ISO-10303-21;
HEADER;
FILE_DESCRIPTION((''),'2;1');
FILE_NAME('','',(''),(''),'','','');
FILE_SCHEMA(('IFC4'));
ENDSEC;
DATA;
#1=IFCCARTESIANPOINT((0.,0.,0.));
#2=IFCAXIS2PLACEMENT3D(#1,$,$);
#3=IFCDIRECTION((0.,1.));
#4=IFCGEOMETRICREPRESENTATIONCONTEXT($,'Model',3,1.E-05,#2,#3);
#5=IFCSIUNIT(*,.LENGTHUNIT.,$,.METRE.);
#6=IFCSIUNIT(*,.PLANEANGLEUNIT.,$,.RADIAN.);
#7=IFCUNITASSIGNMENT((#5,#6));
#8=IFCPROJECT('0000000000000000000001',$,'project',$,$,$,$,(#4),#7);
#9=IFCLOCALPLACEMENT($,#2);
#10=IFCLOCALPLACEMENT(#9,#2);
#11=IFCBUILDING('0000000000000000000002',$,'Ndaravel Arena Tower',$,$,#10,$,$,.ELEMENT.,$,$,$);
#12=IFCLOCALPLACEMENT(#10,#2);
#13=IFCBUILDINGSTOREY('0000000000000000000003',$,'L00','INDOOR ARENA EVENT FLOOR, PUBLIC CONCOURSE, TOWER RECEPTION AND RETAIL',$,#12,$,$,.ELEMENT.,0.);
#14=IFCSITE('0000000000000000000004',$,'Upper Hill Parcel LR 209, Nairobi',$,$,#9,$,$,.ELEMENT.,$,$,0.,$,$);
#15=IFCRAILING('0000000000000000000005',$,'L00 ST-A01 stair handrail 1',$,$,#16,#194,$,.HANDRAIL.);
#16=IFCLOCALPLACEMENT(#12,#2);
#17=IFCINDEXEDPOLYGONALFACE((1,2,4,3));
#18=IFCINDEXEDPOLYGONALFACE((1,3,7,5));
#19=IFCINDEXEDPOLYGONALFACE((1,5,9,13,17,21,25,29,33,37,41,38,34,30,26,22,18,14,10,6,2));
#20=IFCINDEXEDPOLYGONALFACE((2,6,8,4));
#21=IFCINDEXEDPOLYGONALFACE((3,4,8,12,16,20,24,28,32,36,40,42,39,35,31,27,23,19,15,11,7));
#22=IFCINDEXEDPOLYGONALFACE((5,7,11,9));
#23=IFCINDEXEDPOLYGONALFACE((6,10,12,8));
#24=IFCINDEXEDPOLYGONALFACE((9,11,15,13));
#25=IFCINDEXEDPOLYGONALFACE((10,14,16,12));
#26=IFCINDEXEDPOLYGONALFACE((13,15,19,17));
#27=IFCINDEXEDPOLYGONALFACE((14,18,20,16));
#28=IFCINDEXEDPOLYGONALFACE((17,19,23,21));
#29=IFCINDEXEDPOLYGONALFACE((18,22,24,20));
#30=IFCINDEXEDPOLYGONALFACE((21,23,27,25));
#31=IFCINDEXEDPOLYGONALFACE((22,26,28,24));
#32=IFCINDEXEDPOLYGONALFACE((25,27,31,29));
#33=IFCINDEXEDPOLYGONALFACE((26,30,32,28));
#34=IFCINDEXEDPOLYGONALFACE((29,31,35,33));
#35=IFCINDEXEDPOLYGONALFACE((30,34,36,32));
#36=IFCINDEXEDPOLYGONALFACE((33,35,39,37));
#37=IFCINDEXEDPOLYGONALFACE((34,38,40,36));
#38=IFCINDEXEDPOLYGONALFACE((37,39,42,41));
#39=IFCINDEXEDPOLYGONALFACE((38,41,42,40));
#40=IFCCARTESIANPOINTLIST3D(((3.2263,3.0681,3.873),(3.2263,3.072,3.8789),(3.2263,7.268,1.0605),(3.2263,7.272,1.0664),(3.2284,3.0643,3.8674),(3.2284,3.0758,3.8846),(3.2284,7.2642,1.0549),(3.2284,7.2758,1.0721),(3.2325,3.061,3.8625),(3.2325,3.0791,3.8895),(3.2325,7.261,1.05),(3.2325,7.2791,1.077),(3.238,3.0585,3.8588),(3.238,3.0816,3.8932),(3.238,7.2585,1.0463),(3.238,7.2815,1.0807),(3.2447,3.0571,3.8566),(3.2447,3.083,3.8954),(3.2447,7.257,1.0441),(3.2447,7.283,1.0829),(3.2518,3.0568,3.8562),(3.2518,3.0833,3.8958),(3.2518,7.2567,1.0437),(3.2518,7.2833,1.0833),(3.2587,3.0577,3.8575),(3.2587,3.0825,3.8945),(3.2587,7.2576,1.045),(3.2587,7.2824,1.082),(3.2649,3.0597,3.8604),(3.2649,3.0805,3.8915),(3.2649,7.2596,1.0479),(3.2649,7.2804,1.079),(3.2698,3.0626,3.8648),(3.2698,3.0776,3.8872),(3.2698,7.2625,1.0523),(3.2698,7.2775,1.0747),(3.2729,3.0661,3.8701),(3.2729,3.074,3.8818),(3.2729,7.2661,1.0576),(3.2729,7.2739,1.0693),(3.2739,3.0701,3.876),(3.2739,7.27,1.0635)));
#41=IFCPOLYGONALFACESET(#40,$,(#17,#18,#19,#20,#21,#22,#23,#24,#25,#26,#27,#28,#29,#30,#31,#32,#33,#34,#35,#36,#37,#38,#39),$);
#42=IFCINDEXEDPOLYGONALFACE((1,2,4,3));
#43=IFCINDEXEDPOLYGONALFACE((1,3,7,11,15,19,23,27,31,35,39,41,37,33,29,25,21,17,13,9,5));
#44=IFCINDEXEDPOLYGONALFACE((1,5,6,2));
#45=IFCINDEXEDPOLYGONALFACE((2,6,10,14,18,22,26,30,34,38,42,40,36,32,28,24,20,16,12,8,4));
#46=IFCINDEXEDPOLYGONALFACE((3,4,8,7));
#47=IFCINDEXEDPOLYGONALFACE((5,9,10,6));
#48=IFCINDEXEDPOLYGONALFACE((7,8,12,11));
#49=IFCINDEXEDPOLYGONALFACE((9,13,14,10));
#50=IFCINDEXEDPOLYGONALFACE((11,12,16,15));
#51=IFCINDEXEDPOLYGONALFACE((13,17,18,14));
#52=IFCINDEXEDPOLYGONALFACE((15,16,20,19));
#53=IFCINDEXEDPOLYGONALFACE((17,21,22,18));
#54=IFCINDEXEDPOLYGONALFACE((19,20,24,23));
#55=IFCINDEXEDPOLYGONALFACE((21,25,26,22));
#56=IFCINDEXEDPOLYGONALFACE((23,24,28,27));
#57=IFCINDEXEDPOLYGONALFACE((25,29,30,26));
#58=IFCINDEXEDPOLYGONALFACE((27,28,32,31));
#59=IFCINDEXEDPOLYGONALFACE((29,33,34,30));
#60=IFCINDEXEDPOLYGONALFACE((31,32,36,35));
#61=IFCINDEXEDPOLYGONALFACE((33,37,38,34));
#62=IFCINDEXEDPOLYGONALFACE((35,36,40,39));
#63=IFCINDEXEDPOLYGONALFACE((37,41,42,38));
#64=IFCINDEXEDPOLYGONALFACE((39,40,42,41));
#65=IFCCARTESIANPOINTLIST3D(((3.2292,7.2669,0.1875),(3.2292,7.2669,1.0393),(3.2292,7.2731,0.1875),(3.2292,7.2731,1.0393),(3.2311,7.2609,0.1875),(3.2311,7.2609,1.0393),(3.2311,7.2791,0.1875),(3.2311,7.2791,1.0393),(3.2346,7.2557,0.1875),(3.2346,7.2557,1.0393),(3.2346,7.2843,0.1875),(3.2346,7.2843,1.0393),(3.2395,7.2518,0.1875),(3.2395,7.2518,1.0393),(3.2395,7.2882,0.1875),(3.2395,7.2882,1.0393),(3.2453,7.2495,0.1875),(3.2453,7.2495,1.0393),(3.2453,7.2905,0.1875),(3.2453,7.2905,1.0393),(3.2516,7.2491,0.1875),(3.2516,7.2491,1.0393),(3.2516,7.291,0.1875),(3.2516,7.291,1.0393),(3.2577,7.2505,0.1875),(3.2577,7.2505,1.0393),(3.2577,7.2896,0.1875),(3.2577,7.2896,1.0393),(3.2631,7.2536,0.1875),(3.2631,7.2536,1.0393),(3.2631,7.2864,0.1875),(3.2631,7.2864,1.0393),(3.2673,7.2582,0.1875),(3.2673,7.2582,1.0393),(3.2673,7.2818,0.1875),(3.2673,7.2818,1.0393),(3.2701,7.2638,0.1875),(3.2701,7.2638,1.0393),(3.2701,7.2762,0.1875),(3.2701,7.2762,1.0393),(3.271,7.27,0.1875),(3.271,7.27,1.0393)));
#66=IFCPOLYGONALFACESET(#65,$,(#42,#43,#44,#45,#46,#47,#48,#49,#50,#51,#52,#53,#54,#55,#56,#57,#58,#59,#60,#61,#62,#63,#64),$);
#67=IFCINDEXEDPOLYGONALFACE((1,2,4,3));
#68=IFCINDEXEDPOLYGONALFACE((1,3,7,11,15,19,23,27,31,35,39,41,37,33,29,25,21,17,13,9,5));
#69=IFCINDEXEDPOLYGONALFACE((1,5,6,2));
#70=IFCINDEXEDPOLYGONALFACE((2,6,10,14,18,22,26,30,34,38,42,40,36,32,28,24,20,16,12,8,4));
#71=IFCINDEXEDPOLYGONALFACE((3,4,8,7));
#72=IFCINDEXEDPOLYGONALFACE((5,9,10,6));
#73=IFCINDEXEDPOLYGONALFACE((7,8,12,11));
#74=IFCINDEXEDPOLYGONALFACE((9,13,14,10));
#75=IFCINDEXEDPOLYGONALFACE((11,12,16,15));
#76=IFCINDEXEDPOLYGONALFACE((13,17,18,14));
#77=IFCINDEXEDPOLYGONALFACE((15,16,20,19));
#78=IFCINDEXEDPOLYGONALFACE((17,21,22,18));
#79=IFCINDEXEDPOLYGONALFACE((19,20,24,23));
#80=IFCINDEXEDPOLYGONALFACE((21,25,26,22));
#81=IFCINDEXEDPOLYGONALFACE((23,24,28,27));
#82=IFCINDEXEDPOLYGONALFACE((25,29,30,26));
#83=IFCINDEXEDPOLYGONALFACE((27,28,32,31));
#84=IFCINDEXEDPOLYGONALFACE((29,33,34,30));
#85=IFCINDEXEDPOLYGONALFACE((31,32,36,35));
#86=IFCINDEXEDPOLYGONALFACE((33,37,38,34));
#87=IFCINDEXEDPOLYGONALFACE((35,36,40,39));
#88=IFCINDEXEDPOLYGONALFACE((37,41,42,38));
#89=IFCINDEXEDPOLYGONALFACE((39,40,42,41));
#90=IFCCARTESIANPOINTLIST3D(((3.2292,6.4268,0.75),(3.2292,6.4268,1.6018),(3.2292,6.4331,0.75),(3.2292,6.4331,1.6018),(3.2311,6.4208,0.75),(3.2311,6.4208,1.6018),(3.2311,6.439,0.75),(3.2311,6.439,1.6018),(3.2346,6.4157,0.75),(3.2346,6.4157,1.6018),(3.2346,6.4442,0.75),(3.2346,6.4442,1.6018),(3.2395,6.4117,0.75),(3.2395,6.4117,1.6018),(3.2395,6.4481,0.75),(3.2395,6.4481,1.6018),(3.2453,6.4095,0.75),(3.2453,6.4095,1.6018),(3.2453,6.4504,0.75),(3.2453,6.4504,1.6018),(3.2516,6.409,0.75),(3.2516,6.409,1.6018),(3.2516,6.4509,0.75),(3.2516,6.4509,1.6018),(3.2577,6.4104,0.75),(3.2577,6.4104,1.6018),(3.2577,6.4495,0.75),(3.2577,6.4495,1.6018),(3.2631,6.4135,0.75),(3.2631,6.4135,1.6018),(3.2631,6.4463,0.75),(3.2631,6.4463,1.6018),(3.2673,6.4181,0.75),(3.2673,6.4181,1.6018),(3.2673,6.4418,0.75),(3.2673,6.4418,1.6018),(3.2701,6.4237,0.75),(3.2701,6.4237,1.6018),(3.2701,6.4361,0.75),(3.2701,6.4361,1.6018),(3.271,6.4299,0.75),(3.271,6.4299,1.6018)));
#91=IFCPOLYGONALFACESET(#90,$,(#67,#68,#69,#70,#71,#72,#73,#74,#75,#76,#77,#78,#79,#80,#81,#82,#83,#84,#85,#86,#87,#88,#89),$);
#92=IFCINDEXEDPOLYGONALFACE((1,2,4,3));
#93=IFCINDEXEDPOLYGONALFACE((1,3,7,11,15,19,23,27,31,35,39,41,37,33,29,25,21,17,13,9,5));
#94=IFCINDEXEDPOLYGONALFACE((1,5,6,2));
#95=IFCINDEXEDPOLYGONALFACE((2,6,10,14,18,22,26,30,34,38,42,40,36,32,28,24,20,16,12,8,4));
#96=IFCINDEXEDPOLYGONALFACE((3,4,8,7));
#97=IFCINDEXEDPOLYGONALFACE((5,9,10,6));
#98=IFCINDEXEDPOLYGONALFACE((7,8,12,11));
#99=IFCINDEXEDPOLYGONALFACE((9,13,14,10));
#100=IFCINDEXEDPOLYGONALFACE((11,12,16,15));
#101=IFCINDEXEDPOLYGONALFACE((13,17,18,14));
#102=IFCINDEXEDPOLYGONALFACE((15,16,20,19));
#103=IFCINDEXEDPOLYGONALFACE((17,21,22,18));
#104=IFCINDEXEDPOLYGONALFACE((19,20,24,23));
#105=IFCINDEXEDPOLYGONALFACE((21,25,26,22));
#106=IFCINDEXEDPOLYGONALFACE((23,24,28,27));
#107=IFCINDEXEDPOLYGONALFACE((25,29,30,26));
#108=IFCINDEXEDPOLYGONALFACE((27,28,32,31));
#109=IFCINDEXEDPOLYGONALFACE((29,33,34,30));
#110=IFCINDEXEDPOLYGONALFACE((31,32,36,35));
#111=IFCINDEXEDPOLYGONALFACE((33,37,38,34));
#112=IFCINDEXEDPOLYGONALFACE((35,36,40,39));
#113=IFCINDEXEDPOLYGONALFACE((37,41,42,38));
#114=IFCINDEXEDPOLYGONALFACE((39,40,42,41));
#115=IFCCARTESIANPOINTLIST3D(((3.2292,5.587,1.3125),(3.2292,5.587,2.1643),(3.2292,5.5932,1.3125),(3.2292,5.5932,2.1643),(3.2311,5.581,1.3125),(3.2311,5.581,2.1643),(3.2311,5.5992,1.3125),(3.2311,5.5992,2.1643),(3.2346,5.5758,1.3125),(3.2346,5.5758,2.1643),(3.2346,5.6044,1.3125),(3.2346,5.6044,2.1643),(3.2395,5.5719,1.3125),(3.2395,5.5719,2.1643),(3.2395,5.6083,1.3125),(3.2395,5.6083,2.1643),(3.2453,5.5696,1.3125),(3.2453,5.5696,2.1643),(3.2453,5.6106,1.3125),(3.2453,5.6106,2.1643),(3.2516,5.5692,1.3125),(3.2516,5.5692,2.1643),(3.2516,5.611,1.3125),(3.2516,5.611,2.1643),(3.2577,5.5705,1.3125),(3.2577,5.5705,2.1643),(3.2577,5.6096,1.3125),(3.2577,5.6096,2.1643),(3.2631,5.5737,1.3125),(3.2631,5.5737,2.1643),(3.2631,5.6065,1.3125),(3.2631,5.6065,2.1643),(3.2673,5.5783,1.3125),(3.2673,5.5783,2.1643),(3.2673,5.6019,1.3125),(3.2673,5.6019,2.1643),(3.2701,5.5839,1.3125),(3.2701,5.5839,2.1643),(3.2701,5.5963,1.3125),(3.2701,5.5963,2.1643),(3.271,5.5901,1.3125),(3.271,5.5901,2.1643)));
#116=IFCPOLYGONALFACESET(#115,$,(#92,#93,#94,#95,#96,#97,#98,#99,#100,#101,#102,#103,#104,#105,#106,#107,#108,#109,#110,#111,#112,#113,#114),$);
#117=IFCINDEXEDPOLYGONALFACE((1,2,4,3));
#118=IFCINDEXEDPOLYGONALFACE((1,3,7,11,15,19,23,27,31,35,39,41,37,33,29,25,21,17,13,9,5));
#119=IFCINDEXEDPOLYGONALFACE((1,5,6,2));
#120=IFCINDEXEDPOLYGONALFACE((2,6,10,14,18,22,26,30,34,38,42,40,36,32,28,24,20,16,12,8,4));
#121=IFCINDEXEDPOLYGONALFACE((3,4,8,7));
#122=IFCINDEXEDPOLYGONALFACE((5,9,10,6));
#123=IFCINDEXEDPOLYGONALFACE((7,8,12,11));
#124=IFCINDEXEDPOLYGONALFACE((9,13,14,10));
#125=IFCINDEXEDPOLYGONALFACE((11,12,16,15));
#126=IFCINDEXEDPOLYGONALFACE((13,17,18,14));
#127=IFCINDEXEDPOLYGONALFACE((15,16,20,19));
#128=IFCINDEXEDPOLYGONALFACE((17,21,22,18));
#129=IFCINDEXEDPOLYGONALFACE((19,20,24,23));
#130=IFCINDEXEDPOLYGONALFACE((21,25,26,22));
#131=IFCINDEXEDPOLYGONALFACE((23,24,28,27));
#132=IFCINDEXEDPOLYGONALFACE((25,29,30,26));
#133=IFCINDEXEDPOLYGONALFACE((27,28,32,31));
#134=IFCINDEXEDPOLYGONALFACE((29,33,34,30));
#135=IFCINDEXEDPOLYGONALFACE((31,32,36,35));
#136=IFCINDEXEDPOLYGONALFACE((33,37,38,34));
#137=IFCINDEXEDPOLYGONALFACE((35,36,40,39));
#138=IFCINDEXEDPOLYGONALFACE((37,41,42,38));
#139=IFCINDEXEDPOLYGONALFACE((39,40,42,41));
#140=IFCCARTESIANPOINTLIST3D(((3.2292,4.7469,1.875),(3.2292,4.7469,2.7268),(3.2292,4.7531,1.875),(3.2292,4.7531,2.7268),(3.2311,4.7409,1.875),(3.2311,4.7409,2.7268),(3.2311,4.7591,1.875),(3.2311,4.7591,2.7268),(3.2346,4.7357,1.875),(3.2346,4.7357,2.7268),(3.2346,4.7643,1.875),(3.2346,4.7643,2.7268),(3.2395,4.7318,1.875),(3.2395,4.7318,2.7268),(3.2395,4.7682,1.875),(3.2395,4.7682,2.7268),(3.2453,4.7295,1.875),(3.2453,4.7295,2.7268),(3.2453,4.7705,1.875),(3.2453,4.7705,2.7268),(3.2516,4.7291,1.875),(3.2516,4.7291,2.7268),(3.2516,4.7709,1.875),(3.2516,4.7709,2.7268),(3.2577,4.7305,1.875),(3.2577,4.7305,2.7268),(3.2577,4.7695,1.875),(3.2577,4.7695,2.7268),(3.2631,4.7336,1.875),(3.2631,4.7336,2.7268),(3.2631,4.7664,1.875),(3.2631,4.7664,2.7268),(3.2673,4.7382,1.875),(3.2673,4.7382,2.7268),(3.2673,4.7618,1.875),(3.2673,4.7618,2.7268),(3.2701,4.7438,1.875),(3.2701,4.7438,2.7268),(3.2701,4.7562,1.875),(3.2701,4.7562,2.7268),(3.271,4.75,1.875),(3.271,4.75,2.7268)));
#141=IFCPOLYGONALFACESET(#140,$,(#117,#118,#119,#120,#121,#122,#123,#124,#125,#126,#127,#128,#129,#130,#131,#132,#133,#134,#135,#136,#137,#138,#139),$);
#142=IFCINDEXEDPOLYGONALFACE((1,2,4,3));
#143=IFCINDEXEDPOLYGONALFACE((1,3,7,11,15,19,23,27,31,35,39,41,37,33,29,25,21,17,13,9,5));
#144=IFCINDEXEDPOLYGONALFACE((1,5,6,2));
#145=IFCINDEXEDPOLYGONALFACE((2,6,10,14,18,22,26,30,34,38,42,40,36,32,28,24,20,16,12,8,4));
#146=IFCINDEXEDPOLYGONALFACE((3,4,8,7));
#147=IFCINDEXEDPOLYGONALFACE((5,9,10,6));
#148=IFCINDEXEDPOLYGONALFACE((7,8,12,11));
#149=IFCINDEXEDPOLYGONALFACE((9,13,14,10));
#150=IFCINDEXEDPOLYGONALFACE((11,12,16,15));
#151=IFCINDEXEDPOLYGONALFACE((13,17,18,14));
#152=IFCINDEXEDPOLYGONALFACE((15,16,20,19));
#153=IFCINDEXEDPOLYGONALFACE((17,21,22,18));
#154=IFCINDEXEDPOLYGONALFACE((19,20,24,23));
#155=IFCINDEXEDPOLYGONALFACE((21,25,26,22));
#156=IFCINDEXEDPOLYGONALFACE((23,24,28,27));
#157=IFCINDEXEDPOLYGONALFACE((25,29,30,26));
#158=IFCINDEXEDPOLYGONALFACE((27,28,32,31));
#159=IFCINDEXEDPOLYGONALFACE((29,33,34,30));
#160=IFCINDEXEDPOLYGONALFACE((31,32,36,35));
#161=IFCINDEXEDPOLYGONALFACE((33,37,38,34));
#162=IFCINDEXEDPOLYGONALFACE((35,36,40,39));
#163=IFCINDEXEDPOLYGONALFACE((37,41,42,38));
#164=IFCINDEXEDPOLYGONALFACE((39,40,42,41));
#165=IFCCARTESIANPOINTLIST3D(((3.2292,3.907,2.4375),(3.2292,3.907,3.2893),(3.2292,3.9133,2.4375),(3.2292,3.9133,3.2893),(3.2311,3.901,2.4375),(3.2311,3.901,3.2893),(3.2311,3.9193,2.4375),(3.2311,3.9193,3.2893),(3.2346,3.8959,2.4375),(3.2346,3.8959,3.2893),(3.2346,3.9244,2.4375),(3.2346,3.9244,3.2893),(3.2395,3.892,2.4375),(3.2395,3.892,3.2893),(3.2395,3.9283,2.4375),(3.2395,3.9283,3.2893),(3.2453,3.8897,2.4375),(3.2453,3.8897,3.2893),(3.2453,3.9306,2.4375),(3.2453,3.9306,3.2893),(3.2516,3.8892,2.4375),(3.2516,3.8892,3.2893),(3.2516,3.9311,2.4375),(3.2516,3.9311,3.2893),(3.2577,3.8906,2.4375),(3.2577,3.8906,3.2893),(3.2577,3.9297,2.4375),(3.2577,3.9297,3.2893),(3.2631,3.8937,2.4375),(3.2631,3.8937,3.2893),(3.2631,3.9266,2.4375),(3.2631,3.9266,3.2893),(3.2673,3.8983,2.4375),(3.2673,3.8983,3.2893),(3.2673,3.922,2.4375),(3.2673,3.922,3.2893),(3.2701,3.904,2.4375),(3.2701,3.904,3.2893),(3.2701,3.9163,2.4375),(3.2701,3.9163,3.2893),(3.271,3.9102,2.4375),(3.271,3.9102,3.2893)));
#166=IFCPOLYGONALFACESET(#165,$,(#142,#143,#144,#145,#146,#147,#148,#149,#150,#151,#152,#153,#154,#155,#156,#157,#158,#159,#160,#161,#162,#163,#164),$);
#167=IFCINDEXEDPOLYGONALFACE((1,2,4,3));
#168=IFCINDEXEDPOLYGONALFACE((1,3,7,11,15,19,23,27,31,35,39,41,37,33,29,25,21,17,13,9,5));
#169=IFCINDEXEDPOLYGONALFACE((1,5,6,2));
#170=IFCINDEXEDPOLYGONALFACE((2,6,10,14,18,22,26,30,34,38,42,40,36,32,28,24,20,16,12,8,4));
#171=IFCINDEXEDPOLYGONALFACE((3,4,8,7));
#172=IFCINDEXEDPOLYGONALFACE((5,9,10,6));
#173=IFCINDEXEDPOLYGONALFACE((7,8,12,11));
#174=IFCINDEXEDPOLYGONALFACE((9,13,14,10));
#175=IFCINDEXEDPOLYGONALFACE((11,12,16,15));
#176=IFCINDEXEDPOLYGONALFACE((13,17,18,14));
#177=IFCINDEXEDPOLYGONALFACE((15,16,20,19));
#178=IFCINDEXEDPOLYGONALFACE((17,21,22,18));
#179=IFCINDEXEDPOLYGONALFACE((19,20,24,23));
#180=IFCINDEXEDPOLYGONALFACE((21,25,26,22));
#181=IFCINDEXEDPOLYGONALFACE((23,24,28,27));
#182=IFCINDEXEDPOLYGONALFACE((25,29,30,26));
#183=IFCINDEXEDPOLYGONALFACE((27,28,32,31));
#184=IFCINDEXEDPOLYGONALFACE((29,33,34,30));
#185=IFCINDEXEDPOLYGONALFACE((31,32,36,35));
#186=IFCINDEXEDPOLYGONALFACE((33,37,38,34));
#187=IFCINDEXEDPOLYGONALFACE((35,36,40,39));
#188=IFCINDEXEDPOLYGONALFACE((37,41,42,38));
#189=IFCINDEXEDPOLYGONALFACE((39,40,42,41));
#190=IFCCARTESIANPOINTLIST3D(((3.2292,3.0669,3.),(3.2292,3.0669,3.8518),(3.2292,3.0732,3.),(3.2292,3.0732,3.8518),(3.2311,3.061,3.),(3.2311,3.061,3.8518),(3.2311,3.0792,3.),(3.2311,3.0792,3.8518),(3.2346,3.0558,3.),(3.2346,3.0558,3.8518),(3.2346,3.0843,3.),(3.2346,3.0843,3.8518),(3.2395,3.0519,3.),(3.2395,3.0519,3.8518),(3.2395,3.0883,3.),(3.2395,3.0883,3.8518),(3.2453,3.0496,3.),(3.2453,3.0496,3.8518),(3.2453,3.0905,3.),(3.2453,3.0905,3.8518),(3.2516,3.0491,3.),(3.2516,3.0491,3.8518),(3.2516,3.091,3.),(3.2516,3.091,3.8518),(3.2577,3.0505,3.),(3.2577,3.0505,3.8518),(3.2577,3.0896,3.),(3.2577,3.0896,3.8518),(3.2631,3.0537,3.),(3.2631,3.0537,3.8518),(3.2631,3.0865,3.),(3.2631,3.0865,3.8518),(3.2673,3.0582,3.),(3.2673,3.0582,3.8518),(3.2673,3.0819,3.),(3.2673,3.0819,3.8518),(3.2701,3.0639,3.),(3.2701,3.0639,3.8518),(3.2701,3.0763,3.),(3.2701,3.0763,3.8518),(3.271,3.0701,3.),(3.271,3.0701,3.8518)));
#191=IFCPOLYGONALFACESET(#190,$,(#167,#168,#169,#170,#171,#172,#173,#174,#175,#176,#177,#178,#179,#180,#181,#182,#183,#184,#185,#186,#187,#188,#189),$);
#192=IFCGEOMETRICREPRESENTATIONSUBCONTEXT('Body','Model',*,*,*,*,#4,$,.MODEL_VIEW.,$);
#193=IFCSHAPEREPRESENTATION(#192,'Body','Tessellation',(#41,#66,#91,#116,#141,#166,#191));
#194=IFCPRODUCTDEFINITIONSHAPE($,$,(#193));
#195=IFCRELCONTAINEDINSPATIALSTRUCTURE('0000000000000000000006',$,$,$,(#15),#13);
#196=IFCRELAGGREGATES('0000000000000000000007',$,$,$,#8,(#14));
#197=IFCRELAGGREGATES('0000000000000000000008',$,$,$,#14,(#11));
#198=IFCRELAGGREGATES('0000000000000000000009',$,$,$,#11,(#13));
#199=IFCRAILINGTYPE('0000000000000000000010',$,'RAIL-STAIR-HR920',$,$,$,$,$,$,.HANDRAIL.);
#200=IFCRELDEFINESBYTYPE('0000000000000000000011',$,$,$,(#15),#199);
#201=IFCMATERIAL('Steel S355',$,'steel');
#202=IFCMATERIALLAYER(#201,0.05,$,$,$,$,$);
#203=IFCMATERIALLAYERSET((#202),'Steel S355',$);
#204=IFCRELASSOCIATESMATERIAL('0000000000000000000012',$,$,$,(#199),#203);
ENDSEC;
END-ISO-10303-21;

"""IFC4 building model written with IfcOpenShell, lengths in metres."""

from ifc_helpers import new_model, si_unit, direction, frame, origin, origin_2d, place, context, subcontext, project, spatial, circle, extrude, material, layer, layer_set, type_object, element, save


model = new_model("IFC4")

# Units and contexts
model_context = context("Model", 3, precision=1e-05, world=origin(), true_north=direction((0.0, 1.0)))
body_context = subcontext(model_context, "Body", "Model", "MODEL_VIEW")
ifc_project = project(units=[si_unit("LENGTHUNIT", "METRE"), si_unit("PLANEANGLEUNIT", "RADIAN")], contexts=[model_context])

# Site, building, storey
site_placement = place(None, origin())
site = spatial("IfcSite", under=ifc_project, at=site_placement, Name="Upper Hill Parcel LR 209, Nairobi", CompositionType="ELEMENT", RefElevation=0.0)
building_placement = place(site_placement, origin())
building = spatial("IfcBuilding", under=site, at=building_placement, Name="Ndaravel Arena Tower", CompositionType="ELEMENT")
storey_placement = place(building_placement, origin())
storey = spatial("IfcBuildingStorey", under=building, at=storey_placement, Name="L00", Description="INDOOR ARENA EVENT FLOOR, PUBLIC CONCOURSE, TOWER RECEPTION AND RETAIL", CompositionType="ELEMENT", Elevation=0.0)

# Railing
ifc_material_1 = material(Name="Steel S355", Category="steel")
ifc_layer_1 = layer(ifc_material_1, 0.05)
ifc_layer_set_1 = layer_set([ifc_layer_1], Name="Steel S355")
railing_type_1 = type_object("IfcRailingType", Name="RAIL-STAIR-HR920", PredefinedType="HANDRAIL", material=ifc_layer_set_1)
railing_1_placement = place(storey_placement, frame((3.25, 7.27, 0.1875)))
element("IfcRailing", 1, at=railing_1_placement, inside=storey, type_object=railing_type_1, Name="L00 ST-A01 stair handrail 1", PredefinedType="HANDRAIL", context=body_context, shape_type="SweptSolid", body=[
    extrude(circle(Radius=0.0239, at=origin_2d()), frame((0.0, 0.0, 0.876), z_axis=(0.0, -0.830904, 0.556416), x_axis=(1.0, 0.0, 0.0)), (0.0, 0.0, 1.0), 5.0547),
    extrude(circle(Radius=0.021, at=origin_2d()), origin(), (0.0, 0.0, 1.0), 0.8518),
    extrude(circle(Radius=0.021, at=origin_2d()), frame((0.0, -0.8401, 0.5625)), (0.0, 0.0, 1.0), 0.8518),
    extrude(circle(Radius=0.021, at=origin_2d()), frame((0.0, -1.6799, 1.125)), (0.0, 0.0, 1.0), 0.8518),
    extrude(circle(Radius=0.021, at=origin_2d()), frame((0.0, -2.52, 1.6875)), (0.0, 0.0, 1.0), 0.8518),
    extrude(circle(Radius=0.021, at=origin_2d()), frame((0.0, -3.3599, 2.25)), (0.0, 0.0, 1.0), 0.8518),
    extrude(circle(Radius=0.021, at=origin_2d()), frame((0.0, -4.2, 2.8125)), (0.0, 0.0, 1.0), 0.8518),
])

save(model, "model.ifc")
